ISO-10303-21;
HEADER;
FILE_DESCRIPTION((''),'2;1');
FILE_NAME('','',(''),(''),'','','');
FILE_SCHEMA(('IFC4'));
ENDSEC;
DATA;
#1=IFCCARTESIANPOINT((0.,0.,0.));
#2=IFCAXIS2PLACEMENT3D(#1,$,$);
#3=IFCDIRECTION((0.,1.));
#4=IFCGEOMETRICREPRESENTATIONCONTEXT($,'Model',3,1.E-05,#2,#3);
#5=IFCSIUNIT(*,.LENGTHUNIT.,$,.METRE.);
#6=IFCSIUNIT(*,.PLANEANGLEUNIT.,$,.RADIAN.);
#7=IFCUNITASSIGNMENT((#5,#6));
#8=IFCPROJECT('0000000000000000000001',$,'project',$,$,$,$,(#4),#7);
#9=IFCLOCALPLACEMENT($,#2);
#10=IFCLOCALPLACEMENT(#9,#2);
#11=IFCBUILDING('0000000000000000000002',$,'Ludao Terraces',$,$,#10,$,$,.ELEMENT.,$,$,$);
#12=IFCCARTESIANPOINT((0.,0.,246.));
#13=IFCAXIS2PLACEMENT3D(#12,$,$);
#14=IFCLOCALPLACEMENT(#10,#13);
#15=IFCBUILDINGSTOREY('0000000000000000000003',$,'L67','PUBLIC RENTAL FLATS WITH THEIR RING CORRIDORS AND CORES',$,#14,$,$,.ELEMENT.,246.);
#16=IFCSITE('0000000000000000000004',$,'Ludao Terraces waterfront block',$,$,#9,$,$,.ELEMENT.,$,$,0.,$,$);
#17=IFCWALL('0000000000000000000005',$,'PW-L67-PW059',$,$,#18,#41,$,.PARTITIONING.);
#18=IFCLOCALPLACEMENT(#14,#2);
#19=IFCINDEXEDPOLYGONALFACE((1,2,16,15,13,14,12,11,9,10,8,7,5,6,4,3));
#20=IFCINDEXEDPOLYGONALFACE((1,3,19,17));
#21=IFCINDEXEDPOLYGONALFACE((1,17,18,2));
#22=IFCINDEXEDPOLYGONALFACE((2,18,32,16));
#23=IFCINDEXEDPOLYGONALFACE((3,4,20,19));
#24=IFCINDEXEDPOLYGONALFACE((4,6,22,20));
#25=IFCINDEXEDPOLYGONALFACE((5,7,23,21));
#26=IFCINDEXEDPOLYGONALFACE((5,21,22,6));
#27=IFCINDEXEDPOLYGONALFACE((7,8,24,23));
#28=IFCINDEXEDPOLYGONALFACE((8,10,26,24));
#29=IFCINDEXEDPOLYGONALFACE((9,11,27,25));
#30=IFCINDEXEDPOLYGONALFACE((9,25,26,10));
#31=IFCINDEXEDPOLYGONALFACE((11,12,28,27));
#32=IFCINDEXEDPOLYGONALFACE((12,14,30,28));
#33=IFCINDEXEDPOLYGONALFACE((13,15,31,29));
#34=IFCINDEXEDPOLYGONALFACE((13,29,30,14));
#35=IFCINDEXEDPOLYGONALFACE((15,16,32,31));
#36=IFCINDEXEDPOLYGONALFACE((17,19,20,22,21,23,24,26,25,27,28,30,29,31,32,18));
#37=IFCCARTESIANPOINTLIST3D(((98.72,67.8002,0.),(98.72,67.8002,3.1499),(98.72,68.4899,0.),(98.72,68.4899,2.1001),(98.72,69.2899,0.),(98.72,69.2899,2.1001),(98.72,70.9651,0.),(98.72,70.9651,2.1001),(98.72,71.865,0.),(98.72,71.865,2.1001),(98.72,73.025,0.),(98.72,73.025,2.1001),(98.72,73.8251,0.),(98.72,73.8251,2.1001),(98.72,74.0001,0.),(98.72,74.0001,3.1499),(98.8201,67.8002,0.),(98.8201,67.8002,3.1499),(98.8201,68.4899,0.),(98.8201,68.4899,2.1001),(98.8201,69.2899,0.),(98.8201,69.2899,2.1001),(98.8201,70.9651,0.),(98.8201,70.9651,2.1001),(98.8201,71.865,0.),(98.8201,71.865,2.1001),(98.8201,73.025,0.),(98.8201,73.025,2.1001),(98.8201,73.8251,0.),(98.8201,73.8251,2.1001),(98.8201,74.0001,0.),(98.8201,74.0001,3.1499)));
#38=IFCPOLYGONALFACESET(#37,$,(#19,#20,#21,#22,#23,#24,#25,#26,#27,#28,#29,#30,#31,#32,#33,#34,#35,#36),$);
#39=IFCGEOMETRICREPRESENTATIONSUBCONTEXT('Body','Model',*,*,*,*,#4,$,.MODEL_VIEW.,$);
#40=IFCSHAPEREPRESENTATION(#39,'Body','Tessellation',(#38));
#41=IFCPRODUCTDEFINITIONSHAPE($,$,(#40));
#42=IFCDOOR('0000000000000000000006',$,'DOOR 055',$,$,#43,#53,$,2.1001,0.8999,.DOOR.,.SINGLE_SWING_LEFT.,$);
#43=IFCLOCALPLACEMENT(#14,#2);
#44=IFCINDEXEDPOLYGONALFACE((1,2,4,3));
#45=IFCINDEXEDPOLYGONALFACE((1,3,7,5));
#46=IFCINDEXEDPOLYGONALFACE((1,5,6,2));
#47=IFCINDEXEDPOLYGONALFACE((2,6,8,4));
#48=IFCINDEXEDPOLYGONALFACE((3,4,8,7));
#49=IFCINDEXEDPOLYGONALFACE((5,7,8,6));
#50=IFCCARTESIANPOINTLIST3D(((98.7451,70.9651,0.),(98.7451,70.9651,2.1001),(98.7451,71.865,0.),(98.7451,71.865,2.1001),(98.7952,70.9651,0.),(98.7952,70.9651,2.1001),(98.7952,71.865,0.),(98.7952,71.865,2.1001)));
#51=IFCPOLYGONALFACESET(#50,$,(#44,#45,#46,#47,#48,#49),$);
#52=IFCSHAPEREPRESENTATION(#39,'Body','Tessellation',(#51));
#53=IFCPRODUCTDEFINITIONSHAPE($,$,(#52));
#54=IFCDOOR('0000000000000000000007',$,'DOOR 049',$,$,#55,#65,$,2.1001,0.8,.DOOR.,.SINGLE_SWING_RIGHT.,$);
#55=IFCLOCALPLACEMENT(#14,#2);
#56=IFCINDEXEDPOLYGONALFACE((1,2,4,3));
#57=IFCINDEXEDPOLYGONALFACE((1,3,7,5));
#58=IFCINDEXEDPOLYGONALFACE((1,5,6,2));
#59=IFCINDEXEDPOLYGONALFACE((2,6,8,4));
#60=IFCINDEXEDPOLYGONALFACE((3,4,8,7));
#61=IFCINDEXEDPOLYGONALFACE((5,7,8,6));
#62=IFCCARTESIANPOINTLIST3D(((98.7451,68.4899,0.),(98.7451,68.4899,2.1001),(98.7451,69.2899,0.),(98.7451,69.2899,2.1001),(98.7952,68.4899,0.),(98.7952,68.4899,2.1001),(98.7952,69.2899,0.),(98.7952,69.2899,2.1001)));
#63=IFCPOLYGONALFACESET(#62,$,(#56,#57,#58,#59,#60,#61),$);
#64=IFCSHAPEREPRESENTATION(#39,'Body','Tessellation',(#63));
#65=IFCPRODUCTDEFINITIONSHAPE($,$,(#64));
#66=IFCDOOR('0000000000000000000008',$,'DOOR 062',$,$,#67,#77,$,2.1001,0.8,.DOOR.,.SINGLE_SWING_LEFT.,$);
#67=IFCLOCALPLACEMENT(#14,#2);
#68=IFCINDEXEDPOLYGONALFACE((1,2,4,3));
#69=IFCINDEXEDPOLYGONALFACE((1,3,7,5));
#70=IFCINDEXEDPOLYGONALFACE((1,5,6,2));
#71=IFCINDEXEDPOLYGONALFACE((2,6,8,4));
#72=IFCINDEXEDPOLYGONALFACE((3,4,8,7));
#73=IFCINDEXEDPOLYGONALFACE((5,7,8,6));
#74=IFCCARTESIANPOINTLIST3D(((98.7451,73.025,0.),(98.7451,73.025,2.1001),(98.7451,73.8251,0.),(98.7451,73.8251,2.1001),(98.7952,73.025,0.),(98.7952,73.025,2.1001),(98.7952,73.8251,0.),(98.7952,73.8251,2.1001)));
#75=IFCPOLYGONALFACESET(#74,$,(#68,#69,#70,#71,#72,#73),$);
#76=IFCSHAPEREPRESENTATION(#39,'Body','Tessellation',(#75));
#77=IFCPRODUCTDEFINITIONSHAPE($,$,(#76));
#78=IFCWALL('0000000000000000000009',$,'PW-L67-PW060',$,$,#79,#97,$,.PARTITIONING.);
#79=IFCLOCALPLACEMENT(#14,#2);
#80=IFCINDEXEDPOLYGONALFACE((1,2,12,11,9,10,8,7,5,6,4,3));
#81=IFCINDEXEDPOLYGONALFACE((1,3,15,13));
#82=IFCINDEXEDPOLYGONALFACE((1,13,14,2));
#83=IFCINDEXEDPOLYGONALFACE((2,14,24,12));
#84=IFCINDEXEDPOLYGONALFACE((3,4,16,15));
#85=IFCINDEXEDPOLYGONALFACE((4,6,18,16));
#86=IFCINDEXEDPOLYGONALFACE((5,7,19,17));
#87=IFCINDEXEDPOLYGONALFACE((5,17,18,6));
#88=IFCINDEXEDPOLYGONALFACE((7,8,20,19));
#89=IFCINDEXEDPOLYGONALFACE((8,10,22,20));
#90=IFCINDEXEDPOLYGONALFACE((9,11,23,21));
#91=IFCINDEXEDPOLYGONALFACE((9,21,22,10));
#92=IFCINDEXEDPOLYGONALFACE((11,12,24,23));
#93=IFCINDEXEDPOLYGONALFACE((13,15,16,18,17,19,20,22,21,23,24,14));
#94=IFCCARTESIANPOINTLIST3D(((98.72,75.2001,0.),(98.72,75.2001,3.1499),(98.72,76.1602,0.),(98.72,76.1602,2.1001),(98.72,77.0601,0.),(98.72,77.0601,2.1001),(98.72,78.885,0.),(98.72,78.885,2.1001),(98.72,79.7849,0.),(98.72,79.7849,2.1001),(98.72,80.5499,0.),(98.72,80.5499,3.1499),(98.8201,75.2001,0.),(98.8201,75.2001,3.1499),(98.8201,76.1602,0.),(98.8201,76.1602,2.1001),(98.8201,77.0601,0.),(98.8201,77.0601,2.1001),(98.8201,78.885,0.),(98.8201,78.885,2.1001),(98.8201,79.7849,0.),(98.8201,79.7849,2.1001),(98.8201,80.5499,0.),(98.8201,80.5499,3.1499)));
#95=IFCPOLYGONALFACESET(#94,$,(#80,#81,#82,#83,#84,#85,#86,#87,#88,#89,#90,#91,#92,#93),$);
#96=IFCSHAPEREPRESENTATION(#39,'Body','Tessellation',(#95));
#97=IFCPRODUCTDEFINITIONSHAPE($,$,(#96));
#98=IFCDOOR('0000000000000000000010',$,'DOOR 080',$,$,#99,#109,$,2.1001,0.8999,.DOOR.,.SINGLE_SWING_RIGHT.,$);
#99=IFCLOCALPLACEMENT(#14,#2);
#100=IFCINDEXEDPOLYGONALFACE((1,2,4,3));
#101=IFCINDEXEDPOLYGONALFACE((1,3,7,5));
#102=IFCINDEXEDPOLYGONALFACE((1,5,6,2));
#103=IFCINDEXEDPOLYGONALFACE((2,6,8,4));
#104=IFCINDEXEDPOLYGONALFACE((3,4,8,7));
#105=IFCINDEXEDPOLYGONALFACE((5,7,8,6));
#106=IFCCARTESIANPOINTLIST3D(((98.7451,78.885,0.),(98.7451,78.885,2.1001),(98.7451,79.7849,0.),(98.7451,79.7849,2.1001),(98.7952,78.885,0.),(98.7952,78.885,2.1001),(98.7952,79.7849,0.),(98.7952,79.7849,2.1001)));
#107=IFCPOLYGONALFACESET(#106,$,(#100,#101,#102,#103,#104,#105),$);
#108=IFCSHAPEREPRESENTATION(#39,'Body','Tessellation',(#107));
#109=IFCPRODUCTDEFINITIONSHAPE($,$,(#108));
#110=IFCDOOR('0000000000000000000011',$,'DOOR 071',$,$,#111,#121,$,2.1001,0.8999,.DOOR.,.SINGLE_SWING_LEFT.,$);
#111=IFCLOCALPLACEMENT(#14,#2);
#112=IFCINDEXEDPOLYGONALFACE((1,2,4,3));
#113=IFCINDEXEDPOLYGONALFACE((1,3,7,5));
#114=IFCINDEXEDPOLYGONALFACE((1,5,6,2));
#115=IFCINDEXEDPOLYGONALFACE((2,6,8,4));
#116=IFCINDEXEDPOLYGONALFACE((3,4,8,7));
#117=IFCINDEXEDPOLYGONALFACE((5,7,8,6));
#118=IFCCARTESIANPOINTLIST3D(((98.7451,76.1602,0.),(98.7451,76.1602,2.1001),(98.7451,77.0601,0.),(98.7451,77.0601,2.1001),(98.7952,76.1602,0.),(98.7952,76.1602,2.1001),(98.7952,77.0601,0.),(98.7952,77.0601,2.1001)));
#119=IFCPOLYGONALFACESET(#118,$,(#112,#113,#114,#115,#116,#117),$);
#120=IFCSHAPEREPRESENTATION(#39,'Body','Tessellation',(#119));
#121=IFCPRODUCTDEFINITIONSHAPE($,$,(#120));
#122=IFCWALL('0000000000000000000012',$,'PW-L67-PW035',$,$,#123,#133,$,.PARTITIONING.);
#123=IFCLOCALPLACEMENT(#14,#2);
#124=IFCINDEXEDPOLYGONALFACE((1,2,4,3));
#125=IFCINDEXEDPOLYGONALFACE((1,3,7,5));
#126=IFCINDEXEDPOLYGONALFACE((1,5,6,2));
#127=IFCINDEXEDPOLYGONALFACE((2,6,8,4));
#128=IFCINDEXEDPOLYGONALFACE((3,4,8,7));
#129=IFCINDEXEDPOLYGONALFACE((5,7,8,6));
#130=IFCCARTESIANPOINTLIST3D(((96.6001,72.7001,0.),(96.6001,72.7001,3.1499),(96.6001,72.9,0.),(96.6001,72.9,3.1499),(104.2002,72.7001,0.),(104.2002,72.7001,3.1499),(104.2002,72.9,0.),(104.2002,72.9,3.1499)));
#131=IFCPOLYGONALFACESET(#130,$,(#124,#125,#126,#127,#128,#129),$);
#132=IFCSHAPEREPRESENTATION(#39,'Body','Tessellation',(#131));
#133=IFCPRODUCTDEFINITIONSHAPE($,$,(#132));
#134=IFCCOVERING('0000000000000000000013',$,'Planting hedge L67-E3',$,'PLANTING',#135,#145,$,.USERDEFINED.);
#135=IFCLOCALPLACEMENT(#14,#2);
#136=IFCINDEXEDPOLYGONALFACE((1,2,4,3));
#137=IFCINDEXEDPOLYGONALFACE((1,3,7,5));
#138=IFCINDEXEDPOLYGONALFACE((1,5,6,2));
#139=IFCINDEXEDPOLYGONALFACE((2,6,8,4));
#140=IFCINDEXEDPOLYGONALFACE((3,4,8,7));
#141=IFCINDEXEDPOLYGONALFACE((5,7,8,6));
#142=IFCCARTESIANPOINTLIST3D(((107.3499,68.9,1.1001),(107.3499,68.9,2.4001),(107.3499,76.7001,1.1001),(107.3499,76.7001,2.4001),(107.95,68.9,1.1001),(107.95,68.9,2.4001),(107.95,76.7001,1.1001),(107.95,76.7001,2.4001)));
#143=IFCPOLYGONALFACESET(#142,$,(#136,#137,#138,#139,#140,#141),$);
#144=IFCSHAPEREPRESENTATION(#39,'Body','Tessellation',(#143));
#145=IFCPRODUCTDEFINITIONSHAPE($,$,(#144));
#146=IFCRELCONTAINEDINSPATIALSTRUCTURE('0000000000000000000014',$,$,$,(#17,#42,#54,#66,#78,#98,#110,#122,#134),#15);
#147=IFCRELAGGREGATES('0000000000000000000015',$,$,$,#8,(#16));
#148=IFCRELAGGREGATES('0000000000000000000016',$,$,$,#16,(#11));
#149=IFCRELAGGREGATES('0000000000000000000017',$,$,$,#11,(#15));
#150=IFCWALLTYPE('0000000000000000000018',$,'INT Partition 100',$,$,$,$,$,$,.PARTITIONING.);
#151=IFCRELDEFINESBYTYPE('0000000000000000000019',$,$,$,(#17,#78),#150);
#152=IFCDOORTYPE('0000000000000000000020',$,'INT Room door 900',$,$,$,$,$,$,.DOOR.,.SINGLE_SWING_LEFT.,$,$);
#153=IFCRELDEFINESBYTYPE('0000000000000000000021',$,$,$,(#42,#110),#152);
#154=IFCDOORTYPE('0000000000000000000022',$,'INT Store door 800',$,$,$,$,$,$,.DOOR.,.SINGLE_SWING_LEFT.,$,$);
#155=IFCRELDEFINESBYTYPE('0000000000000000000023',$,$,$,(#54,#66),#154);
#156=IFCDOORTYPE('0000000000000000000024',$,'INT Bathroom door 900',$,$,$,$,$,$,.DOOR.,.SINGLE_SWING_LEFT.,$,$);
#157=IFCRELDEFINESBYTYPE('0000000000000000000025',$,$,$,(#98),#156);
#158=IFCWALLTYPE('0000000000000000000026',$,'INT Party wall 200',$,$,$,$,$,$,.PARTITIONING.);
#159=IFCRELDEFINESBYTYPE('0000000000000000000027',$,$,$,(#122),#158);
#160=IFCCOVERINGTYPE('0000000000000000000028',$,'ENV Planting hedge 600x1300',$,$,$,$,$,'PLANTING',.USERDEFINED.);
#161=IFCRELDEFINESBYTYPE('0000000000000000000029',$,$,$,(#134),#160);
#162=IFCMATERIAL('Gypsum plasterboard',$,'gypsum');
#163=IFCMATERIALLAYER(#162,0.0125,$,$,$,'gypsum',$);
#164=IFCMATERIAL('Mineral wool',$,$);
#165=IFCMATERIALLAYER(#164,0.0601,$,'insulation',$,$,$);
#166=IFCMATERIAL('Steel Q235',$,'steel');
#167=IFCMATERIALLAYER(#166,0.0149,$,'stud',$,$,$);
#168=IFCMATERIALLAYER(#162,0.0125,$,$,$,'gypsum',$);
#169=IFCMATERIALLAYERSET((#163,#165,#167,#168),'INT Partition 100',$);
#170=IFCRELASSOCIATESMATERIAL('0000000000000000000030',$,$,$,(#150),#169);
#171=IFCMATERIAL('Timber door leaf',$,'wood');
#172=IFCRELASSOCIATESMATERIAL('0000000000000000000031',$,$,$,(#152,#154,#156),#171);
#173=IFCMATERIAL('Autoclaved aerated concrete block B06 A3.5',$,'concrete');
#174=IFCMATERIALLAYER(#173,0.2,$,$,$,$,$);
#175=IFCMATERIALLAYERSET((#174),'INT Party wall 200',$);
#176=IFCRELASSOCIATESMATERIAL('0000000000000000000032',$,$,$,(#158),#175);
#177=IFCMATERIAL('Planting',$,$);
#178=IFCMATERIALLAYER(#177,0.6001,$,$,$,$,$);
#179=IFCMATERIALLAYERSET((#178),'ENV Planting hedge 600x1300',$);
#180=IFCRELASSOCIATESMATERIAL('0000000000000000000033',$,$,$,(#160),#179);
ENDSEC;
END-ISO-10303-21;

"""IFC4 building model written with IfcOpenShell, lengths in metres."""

from ifc_helpers import new_model, si_unit, direction, frame, frame_2d, origin, origin_2d, place, context, subcontext, project, spatial, rectangle, extrude, material, layer, layer_set, type_object, element, fill, save


model = new_model("IFC4")

# Units and contexts
model_context = context("Model", 3, precision=1e-05, world=origin(), true_north=direction((0.0, 1.0)))
body_context = subcontext(model_context, "Body", "Model", "MODEL_VIEW")
ifc_project = project(units=[si_unit("LENGTHUNIT", "METRE"), si_unit("PLANEANGLEUNIT", "RADIAN")], contexts=[model_context])

# Site, building, storey
site_placement = place(None, origin())
site = spatial("IfcSite", under=ifc_project, at=site_placement, Name="Ludao Terraces waterfront block", CompositionType="ELEMENT", RefElevation=0.0)
building_placement = place(site_placement, origin())
building = spatial("IfcBuilding", under=site, at=building_placement, Name="Ludao Terraces", CompositionType="ELEMENT")
storey_placement = place(building_placement, frame((0.0, 0.0, 246.0)))
storey = spatial("IfcBuildingStorey", under=building, at=storey_placement, Name="L67", Description="PUBLIC RENTAL FLATS WITH THEIR RING CORRIDORS AND CORES", CompositionType="ELEMENT", Elevation=246.0)

# Shared definitions
ifc_material_1 = material(Name="Mineral wool")

# Shared definitions
ifc_material_2 = material(Name="Gypsum plasterboard", Category="gypsum")
ifc_layer_1 = layer(ifc_material_2, 0.0125, Category="gypsum")
ifc_layer_2 = layer(ifc_material_1, 0.0601, Name="insulation")
ifc_material_3 = material(Name="Steel Q235", Category="steel")
ifc_layer_3 = layer(ifc_material_3, 0.0149, Name="stud")
ifc_layer_4 = layer(ifc_material_2, 0.0125, Category="gypsum")
ifc_layer_set_1 = layer_set([ifc_layer_1, ifc_layer_2, ifc_layer_3, ifc_layer_4], Name="INT Partition 100")
wall_type_1 = type_object("IfcWallType", Name="INT Partition 100", PredefinedType="PARTITIONING", material=ifc_layer_set_1)

# Walls, openings, doors
wall_1_placement = place(storey_placement, frame((98.77, 67.8, 0.0), z_axis=(0.0, 0.0, 1.0), x_axis=(0.0, 1.0, 0.0)))
wall_1 = element("IfcWall", 1, at=wall_1_placement, inside=storey, type_object=wall_type_1, Name="PW-L67-PW059", PredefinedType="PARTITIONING", context=body_context, shape_type="SweptSolid", body=[
    extrude(rectangle(XDim=6.2, YDim=0.1001, at=frame_2d((3.1001, 0.0))), origin(), (0.0, 0.0, 1.0), 3.1499),
])
opening_1_placement = place(wall_1_placement, frame((0.6899, 0.0, 0.0)))
opening_1 = element("IfcOpeningElement", 2, at=opening_1_placement, cuts=wall_1, PredefinedType="OPENING", context=body_context, shape_type="SweptSolid", body=[
    extrude(rectangle(XDim=0.8, YDim=2.1001, at=frame_2d((0.3999, 1.05))), frame((0.0, 0.0601, 0.0), z_axis=(0.0, -1.0, 0.0), x_axis=(1.0, 0.0, 0.0)), (0.0, 0.0, 1.0), 0.1201),
])
opening_2_placement = place(wall_1_placement, frame((3.165, 0.0, 0.0)))
opening_2 = element("IfcOpeningElement", 3, at=opening_2_placement, cuts=wall_1, PredefinedType="OPENING", context=body_context, shape_type="SweptSolid", body=[
    extrude(rectangle(XDim=0.8999, YDim=2.1001, at=frame_2d((0.45, 1.05))), frame((0.0, 0.0601, 0.0), z_axis=(0.0, -1.0, 0.0), x_axis=(1.0, 0.0, 0.0)), (0.0, 0.0, 1.0), 0.1201),
])
opening_3_placement = place(wall_1_placement, frame((5.2251, 0.0, 0.0)))
opening_3 = element("IfcOpeningElement", 4, at=opening_3_placement, cuts=wall_1, PredefinedType="OPENING", context=body_context, shape_type="SweptSolid", body=[
    extrude(rectangle(XDim=0.8, YDim=2.1001, at=frame_2d((0.3999, 1.05))), frame((0.0, 0.0601, 0.0), z_axis=(0.0, -1.0, 0.0), x_axis=(1.0, 0.0, 0.0)), (0.0, 0.0, 1.0), 0.1201),
])
ifc_material_4 = material(Name="Timber door leaf", Category="wood")
door_type_1 = type_object("IfcDoorType", Name="INT Room door 900", OperationType="SINGLE_SWING_LEFT", PredefinedType="DOOR", material=ifc_material_4)
door_1_placement = place(opening_2_placement, origin())
door_1 = element("IfcDoor", 5, at=door_1_placement, inside=storey, type_object=door_type_1, Name="DOOR 055", OperationType="SINGLE_SWING_LEFT", OverallHeight=2.1001, OverallWidth=0.8999, PredefinedType="DOOR", context=body_context, shape_type="SweptSolid", body=[
    extrude(rectangle(XDim=0.8999, YDim=2.1001, at=frame_2d((0.45, 1.05))), frame((0.0, 0.0249, 0.0), z_axis=(0.0, -1.0, 0.0), x_axis=(1.0, 0.0, 0.0)), (0.0, 0.0, 1.0), 0.05),
])
fill(opening_2, door_1)
door_type_2 = type_object("IfcDoorType", Name="INT Store door 800", OperationType="SINGLE_SWING_LEFT", PredefinedType="DOOR", material=ifc_material_4)
door_2_placement = place(opening_1_placement, origin())
door_2 = element("IfcDoor", 6, at=door_2_placement, inside=storey, type_object=door_type_2, Name="DOOR 049", OperationType="SINGLE_SWING_RIGHT", OverallHeight=2.1001, OverallWidth=0.8, PredefinedType="DOOR", context=body_context, shape_type="SweptSolid", body=[
    extrude(rectangle(XDim=0.8, YDim=2.1001, at=frame_2d((0.3999, 1.05))), frame((0.0, 0.0249, 0.0), z_axis=(0.0, -1.0, 0.0), x_axis=(1.0, 0.0, 0.0)), (0.0, 0.0, 1.0), 0.05),
])
fill(opening_1, door_2)
door_3_placement = place(opening_3_placement, origin())
door_3 = element("IfcDoor", 7, at=door_3_placement, inside=storey, type_object=door_type_2, Name="DOOR 062", OperationType="SINGLE_SWING_LEFT", OverallHeight=2.1001, OverallWidth=0.8, PredefinedType="DOOR", context=body_context, shape_type="SweptSolid", body=[
    extrude(rectangle(XDim=0.8, YDim=2.1001, at=frame_2d((0.3999, 1.05))), frame((0.0, 0.0249, 0.0), z_axis=(0.0, -1.0, 0.0), x_axis=(1.0, 0.0, 0.0)), (0.0, 0.0, 1.0), 0.05),
])
fill(opening_3, door_3)
wall_2_placement = place(storey_placement, frame((98.77, 75.2002, 0.0), z_axis=(0.0, 0.0, 1.0), x_axis=(0.0, 1.0, 0.0)))
wall_2 = element("IfcWall", 8, at=wall_2_placement, inside=storey, type_object=wall_type_1, Name="PW-L67-PW060", PredefinedType="PARTITIONING", context=body_context, shape_type="SweptSolid", body=[
    extrude(rectangle(XDim=5.3499, YDim=0.1001, at=frame_2d((2.6748, 0.0))), origin(), (0.0, 0.0, 1.0), 3.1499),
])
opening_4_placement = place(wall_2_placement, frame((0.96, 0.0, 0.0)))
opening_4 = element("IfcOpeningElement", 9, at=opening_4_placement, cuts=wall_2, PredefinedType="OPENING", context=body_context, shape_type="SweptSolid", body=[
    extrude(rectangle(XDim=0.8999, YDim=2.1001, at=frame_2d((0.45, 1.05))), frame((0.0, 0.0601, 0.0), z_axis=(0.0, -1.0, 0.0), x_axis=(1.0, 0.0, 0.0)), (0.0, 0.0, 1.0), 0.1201),
])
opening_5_placement = place(wall_2_placement, frame((3.6848, 0.0, 0.0)))
opening_5 = element("IfcOpeningElement", 10, at=opening_5_placement, cuts=wall_2, PredefinedType="OPENING", context=body_context, shape_type="SweptSolid", body=[
    extrude(rectangle(XDim=0.8999, YDim=2.1001, at=frame_2d((0.45, 1.05))), frame((0.0, 0.0601, 0.0), z_axis=(0.0, -1.0, 0.0), x_axis=(1.0, 0.0, 0.0)), (0.0, 0.0, 1.0), 0.1201),
])
door_type_3 = type_object("IfcDoorType", Name="INT Bathroom door 900", OperationType="SINGLE_SWING_LEFT", PredefinedType="DOOR", material=ifc_material_4)
door_4_placement = place(opening_5_placement, origin())
door_4 = element("IfcDoor", 11, at=door_4_placement, inside=storey, type_object=door_type_3, Name="DOOR 080", OperationType="SINGLE_SWING_RIGHT", OverallHeight=2.1001, OverallWidth=0.8999, PredefinedType="DOOR", context=body_context, shape_type="SweptSolid", body=[
    extrude(rectangle(XDim=0.8999, YDim=2.1001, at=frame_2d((0.45, 1.05))), frame((0.0, 0.0249, 0.0), z_axis=(0.0, -1.0, 0.0), x_axis=(1.0, 0.0, 0.0)), (0.0, 0.0, 1.0), 0.05),
])
fill(opening_5, door_4)
door_5_placement = place(opening_4_placement, origin())
door_5 = element("IfcDoor", 12, at=door_5_placement, inside=storey, type_object=door_type_1, Name="DOOR 071", OperationType="SINGLE_SWING_LEFT", OverallHeight=2.1001, OverallWidth=0.8999, PredefinedType="DOOR", context=body_context, shape_type="SweptSolid", body=[
    extrude(rectangle(XDim=0.8999, YDim=2.1001, at=frame_2d((0.45, 1.05))), frame((0.0, 0.0249, 0.0), z_axis=(0.0, -1.0, 0.0), x_axis=(1.0, 0.0, 0.0)), (0.0, 0.0, 1.0), 0.05),
])
fill(opening_4, door_5)

# Wall
ifc_material_5 = material(Name="Autoclaved aerated concrete block B06 A3.5", Category="concrete")
ifc_layer_5 = layer(ifc_material_5, 0.2)
ifc_layer_set_2 = layer_set([ifc_layer_5], Name="INT Party wall 200")
wall_type_2 = type_object("IfcWallType", Name="INT Party wall 200", PredefinedType="PARTITIONING", material=ifc_layer_set_2)
wall_3_placement = place(storey_placement, frame((96.6001, 72.8, 0.0), z_axis=(0.0, 0.0, 1.0), x_axis=(1.0, 0.0, 0.0)))
element("IfcWall", 13, at=wall_3_placement, inside=storey, type_object=wall_type_2, Name="PW-L67-PW035", PredefinedType="PARTITIONING", context=body_context, shape_type="SweptSolid", body=[
    extrude(rectangle(XDim=7.6001, YDim=0.2, at=frame_2d((3.8, 0.0))), origin(), (0.0, 0.0, 1.0), 3.1499),
])

# Covering
ifc_material_6 = material(Name="Planting")
ifc_layer_6 = layer(ifc_material_6, 0.6001)
ifc_layer_set_3 = layer_set([ifc_layer_6], Name="ENV Planting hedge 600x1300")
covering_type = type_object("IfcCoveringType", Name="ENV Planting hedge 600x1300", ElementType="PLANTING", PredefinedType="USERDEFINED", material=ifc_layer_set_3)
covering_placement = place(storey_placement, frame((107.6499, 72.8, 1.1001), z_axis=(0.0, 0.0, 1.0), x_axis=(1.0, 0.0, 0.0)))
element("IfcCovering", 14, at=covering_placement, inside=storey, type_object=covering_type, Name="Planting hedge L67-E3", ObjectType="PLANTING", PredefinedType="USERDEFINED", context=body_context, shape_type="SweptSolid", body=[
    extrude(rectangle(XDim=0.6001, YDim=7.8, at=origin_2d()), origin(), (0.0, 0.0, 1.0), 1.3),
])

save(model, "model.ifc")
